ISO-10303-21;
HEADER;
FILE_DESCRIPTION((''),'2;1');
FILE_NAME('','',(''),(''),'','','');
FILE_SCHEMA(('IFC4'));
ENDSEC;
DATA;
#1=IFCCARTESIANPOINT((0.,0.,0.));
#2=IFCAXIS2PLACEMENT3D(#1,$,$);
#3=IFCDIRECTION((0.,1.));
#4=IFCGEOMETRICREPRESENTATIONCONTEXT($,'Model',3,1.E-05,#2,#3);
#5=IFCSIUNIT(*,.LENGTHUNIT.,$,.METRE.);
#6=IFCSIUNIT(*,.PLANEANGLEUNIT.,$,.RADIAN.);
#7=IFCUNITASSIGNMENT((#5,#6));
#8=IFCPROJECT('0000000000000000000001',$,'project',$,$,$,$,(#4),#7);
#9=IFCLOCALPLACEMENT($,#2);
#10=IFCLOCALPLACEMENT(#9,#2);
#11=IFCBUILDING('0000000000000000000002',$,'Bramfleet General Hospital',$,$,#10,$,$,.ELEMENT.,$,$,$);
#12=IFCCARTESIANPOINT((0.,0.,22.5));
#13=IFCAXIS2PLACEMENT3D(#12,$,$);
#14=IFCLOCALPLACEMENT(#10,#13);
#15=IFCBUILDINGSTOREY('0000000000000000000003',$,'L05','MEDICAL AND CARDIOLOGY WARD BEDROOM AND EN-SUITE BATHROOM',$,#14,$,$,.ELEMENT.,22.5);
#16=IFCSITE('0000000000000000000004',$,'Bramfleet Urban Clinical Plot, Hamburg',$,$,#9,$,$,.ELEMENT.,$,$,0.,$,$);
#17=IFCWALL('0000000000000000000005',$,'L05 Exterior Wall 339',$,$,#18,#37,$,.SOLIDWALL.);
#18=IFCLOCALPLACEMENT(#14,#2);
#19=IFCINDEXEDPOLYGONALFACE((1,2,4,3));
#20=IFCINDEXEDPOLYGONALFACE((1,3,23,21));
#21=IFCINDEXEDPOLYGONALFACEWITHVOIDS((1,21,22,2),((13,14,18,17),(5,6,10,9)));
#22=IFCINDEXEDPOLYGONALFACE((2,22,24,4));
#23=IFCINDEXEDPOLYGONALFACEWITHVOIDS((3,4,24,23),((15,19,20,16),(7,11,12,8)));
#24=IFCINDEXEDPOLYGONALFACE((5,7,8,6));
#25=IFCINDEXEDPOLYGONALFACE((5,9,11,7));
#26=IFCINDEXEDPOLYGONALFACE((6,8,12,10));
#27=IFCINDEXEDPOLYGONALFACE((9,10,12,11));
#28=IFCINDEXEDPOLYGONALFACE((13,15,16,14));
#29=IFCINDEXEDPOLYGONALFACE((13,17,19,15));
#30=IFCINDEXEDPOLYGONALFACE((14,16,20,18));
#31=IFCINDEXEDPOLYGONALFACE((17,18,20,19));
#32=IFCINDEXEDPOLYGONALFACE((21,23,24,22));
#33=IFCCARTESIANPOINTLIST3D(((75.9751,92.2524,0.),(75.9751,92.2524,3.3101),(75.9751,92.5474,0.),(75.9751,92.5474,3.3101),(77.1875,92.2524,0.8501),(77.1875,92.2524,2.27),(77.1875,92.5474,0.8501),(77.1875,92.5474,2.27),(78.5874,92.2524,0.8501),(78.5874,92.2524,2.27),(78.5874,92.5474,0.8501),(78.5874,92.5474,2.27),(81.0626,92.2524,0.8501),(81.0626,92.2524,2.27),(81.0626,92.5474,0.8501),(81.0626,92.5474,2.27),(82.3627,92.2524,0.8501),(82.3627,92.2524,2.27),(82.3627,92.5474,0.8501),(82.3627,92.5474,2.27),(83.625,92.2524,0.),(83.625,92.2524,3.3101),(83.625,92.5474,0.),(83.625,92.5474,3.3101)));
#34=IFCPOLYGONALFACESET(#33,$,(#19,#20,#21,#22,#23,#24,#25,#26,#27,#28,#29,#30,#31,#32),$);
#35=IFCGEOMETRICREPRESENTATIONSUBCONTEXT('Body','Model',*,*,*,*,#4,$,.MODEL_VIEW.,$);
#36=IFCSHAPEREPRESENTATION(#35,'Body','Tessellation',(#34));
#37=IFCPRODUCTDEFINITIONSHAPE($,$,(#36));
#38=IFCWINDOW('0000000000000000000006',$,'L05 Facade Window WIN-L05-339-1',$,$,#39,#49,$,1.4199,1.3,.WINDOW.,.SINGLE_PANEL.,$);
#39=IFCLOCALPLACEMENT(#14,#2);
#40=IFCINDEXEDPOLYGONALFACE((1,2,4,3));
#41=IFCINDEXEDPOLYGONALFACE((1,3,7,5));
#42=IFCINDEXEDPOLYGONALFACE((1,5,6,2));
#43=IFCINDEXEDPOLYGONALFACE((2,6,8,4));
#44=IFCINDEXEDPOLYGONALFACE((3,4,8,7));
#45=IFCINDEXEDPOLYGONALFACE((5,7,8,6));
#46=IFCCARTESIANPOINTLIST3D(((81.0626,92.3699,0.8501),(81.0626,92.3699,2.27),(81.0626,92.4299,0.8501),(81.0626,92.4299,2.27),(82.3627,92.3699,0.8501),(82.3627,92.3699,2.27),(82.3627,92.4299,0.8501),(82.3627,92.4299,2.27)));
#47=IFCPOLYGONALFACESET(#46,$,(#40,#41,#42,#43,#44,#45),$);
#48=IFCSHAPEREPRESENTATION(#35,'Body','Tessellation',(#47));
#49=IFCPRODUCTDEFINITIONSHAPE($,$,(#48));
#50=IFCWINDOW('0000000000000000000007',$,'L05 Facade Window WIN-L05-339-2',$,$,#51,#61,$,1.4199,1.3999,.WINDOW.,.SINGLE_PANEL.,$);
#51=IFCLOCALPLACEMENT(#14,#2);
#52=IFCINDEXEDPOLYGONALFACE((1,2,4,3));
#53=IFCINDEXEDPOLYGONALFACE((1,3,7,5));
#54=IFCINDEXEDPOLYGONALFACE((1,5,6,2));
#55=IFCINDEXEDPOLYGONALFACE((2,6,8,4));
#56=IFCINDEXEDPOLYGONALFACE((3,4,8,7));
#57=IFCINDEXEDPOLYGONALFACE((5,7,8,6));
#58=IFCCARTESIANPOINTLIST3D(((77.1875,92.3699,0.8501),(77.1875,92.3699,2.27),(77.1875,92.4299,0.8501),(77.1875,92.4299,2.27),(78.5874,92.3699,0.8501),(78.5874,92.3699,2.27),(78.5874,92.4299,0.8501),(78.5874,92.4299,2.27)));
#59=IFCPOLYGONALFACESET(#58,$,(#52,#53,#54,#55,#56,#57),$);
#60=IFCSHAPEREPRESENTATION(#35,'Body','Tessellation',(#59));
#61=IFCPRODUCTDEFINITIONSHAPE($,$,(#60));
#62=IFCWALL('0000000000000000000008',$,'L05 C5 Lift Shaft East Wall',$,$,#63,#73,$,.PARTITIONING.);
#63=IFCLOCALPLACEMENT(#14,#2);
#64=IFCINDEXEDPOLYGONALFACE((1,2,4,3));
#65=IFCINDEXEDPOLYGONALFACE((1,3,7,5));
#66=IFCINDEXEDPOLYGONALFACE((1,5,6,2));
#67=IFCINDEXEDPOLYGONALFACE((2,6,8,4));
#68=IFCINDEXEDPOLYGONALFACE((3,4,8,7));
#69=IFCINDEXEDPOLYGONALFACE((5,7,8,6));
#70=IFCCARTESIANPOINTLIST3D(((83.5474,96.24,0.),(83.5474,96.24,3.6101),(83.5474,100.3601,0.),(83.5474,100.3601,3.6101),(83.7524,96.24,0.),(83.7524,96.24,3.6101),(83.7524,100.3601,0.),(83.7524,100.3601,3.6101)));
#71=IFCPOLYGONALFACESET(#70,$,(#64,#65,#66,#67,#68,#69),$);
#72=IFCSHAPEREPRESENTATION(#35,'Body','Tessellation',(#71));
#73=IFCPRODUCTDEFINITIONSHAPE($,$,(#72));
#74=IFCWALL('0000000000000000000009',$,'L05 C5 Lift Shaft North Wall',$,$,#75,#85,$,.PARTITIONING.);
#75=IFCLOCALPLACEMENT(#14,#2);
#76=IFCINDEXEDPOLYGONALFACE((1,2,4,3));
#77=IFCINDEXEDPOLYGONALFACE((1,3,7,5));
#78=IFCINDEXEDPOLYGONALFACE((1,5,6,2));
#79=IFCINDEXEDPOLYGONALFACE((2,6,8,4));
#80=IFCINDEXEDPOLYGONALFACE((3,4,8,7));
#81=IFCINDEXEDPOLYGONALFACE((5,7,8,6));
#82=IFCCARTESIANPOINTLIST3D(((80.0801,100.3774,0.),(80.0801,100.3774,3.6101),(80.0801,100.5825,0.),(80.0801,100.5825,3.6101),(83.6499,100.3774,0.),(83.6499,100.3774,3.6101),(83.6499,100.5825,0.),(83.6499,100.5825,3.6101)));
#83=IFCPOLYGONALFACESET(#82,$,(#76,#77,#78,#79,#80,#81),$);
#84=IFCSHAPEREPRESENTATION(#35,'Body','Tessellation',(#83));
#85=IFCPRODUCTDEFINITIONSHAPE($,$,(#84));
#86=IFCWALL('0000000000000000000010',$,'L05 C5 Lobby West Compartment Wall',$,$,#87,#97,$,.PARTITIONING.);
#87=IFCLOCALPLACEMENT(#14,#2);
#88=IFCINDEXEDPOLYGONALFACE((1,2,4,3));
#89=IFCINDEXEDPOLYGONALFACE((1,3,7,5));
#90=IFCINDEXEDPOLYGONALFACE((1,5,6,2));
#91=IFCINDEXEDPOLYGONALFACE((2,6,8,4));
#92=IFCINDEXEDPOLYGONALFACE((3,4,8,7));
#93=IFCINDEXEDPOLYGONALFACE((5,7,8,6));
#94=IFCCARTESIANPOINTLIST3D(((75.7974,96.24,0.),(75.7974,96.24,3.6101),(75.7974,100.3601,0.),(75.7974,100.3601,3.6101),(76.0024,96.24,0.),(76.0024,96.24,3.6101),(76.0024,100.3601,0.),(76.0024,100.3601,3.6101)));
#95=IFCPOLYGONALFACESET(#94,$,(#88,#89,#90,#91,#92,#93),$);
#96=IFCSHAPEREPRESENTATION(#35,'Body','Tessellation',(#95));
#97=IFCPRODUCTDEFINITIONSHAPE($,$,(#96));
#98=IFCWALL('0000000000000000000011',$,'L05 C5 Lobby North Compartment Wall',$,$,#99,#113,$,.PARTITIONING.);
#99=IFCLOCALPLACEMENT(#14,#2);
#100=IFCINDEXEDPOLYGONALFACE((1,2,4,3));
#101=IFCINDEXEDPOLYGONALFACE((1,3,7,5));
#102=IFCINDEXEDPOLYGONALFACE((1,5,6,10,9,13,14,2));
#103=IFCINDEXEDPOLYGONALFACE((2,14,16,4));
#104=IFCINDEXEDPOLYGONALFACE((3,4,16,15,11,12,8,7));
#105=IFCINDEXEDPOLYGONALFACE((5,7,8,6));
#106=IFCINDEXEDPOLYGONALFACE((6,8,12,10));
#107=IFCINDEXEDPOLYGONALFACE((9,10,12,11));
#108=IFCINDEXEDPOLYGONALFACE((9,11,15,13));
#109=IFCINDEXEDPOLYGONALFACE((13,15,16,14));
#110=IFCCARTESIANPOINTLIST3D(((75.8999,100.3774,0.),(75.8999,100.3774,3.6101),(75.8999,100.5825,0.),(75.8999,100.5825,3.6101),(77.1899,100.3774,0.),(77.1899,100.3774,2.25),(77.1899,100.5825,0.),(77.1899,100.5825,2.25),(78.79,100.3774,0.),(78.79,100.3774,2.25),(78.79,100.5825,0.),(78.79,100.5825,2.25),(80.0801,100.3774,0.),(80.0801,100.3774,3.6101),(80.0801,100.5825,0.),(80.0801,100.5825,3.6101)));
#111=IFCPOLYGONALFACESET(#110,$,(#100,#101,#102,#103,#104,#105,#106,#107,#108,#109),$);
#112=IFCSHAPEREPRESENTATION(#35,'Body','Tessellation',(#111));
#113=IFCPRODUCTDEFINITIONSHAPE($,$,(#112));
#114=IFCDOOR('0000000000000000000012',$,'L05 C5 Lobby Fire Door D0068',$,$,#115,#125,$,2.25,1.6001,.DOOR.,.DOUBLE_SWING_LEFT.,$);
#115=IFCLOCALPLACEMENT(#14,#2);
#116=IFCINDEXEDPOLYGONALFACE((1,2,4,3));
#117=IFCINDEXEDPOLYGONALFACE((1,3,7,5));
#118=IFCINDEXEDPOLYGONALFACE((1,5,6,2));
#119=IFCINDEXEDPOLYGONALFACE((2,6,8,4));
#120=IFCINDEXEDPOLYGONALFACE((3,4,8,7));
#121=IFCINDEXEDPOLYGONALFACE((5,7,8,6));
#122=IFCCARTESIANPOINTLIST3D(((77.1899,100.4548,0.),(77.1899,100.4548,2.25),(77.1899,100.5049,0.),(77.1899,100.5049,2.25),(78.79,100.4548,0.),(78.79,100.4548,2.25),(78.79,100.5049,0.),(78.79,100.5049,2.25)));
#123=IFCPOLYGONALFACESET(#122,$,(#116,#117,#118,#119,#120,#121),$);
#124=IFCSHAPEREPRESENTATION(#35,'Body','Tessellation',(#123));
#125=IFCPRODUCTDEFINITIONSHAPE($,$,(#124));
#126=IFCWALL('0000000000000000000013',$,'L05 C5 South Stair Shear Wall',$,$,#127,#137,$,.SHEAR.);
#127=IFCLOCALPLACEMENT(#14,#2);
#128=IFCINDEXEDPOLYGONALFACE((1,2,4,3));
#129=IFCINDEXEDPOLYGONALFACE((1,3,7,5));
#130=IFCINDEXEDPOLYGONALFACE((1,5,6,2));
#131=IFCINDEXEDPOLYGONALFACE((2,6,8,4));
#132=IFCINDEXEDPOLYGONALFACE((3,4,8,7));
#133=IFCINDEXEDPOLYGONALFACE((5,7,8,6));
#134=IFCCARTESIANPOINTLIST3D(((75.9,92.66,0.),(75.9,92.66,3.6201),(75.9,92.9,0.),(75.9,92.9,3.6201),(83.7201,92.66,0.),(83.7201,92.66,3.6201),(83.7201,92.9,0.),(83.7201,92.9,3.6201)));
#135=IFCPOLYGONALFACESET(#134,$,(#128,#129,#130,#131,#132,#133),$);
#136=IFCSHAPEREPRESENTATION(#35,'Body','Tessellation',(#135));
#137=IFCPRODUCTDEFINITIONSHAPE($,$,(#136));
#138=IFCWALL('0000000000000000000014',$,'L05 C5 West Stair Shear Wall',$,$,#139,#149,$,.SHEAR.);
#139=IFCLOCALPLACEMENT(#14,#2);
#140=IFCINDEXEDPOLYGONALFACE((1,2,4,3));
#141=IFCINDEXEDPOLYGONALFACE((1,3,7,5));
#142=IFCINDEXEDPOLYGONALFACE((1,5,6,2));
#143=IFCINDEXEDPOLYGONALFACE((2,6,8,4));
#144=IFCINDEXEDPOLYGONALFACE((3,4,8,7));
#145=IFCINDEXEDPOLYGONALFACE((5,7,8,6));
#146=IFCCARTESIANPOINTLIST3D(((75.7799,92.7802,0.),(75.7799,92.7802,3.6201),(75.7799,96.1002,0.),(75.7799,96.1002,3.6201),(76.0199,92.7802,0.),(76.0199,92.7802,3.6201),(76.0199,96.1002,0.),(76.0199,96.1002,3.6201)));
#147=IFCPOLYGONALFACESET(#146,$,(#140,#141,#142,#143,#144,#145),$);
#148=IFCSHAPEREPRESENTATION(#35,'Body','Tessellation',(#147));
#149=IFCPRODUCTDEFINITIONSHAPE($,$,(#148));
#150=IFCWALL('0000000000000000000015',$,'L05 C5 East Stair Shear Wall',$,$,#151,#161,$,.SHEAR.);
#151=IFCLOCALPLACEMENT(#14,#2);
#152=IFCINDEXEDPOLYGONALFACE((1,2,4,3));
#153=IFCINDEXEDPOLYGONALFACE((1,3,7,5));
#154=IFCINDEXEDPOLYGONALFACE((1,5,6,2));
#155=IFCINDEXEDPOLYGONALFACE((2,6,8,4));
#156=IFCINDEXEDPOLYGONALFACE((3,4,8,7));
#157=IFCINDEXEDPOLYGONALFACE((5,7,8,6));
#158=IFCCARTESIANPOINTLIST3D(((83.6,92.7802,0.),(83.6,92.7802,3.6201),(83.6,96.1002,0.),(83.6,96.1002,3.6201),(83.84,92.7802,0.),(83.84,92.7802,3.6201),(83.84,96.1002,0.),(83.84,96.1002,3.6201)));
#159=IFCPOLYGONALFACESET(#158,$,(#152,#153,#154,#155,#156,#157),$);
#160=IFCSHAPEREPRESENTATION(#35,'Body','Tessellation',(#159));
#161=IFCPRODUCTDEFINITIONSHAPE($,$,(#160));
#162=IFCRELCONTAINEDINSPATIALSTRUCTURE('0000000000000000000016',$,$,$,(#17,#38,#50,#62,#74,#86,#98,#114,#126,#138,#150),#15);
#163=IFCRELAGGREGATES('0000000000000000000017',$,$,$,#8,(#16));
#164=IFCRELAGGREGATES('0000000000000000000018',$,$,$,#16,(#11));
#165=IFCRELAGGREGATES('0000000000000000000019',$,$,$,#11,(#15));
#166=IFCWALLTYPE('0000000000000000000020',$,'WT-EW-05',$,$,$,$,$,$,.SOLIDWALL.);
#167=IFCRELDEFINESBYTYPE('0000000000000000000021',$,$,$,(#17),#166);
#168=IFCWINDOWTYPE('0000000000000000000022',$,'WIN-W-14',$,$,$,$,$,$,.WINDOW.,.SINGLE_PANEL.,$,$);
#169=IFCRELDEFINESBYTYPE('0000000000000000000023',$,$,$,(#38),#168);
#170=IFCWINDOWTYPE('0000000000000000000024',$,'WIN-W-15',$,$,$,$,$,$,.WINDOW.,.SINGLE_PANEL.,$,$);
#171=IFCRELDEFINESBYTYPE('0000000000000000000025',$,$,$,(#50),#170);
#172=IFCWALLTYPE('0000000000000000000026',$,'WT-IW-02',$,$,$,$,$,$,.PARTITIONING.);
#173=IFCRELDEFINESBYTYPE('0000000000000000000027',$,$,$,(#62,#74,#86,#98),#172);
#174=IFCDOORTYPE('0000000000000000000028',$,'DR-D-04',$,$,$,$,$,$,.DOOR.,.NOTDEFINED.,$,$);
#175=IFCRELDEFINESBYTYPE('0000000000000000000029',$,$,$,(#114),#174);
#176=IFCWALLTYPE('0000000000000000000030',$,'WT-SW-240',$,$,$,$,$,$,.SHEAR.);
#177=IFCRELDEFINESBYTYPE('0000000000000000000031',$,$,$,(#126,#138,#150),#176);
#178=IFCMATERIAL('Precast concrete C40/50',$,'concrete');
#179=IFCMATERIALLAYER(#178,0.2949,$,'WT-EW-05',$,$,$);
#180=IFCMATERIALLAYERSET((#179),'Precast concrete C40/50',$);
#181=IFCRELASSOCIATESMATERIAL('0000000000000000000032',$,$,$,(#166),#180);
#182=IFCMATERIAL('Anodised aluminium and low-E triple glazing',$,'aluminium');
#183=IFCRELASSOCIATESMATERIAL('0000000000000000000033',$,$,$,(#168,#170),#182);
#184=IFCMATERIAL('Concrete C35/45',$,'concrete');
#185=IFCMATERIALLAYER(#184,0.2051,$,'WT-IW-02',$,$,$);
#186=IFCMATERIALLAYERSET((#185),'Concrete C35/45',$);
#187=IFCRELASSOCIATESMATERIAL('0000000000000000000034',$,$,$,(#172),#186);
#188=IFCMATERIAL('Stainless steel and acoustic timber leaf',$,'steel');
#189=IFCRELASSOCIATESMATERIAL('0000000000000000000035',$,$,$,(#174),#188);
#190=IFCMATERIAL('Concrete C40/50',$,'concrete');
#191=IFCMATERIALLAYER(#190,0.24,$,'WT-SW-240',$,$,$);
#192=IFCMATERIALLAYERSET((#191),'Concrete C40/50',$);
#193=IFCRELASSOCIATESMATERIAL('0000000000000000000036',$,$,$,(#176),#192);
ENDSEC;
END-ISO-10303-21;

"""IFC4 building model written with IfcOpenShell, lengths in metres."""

from ifc_helpers import new_model, si_unit, direction, frame, frame_2d, origin, place, context, subcontext, project, spatial, rectangle, extrude, material, layer, layer_set, type_object, element, fill, save


model = new_model("IFC4")

# Units and contexts
model_context = context("Model", 3, precision=1e-05, world=origin(), true_north=direction((0.0, 1.0)))
body_context = subcontext(model_context, "Body", "Model", "MODEL_VIEW")
ifc_project = project(units=[si_unit("LENGTHUNIT", "METRE"), si_unit("PLANEANGLEUNIT", "RADIAN")], contexts=[model_context])

# Site, building, storey
site_placement = place(None, origin())
site = spatial("IfcSite", under=ifc_project, at=site_placement, Name="Bramfleet Urban Clinical Plot, Hamburg", CompositionType="ELEMENT", RefElevation=0.0)
building_placement = place(site_placement, origin())
building = spatial("IfcBuilding", under=site, at=building_placement, Name="Bramfleet General Hospital", CompositionType="ELEMENT")
storey_placement = place(building_placement, frame((0.0, 0.0, 22.5)))
storey = spatial("IfcBuildingStorey", under=building, at=storey_placement, Name="L05", Description="MEDICAL AND CARDIOLOGY WARD BEDROOM AND EN-SUITE BATHROOM", CompositionType="ELEMENT", Elevation=22.5)

# Shared definitions
ifc_material_1 = material(Name="Concrete C40/50", Category="concrete")

# Shared definitions
ifc_material_2 = material(Name="Concrete C35/45", Category="concrete")

# Wall, openings, windows
ifc_material_3 = material(Name="Precast concrete C40/50", Category="concrete")
ifc_layer_1 = layer(ifc_material_3, 0.2949, Name="WT-EW-05")
ifc_layer_set_1 = layer_set([ifc_layer_1], Name="Precast concrete C40/50")
wall_type_1 = type_object("IfcWallType", Name="WT-EW-05", PredefinedType="SOLIDWALL", material=ifc_layer_set_1)
wall_1_placement = place(storey_placement, frame((83.625, 92.3999, 0.0), z_axis=(0.0, 0.0, 1.0), x_axis=(-1.0, 0.0, 0.0)))
wall_1 = element("IfcWall", 1, at=wall_1_placement, inside=storey, type_object=wall_type_1, Name="L05 Exterior Wall 339", PredefinedType="SOLIDWALL", context=body_context, shape_type="SweptSolid", body=[
    extrude(rectangle(XDim=7.6499, YDim=0.2949, at=frame_2d((3.825, 0.0))), origin(), (0.0, 0.0, 1.0), 3.3101),
])
opening_1_placement = place(wall_1_placement, frame((1.2625, 0.0, 0.8501)))
opening_1 = element("IfcOpeningElement", 2, at=opening_1_placement, cuts=wall_1, PredefinedType="OPENING", context=body_context, shape_type="SweptSolid", body=[
    extrude(rectangle(XDim=1.3, YDim=1.4199, at=frame_2d((0.6499, 0.71))), frame((0.0, 0.1575, 0.0), z_axis=(0.0, -1.0, 0.0), x_axis=(1.0, 0.0, 0.0)), (0.0, 0.0, 1.0), 0.3149),
])
opening_2_placement = place(wall_1_placement, frame((5.0376, 0.0, 0.8501)))
opening_2 = element("IfcOpeningElement", 3, at=opening_2_placement, cuts=wall_1, PredefinedType="OPENING", context=body_context, shape_type="SweptSolid", body=[
    extrude(rectangle(XDim=1.3999, YDim=1.4199, at=frame_2d((0.7, 0.71))), frame((0.0, 0.1575, 0.0), z_axis=(0.0, -1.0, 0.0), x_axis=(1.0, 0.0, 0.0)), (0.0, 0.0, 1.0), 0.3149),
])
ifc_material_4 = material(Name="Anodised aluminium and low-E triple glazing", Category="aluminium")
window_type_1 = type_object("IfcWindowType", Name="WIN-W-14", PartitioningType="SINGLE_PANEL", PredefinedType="WINDOW", material=ifc_material_4)
window_1_placement = place(opening_1_placement, origin())
window_1 = element("IfcWindow", 4, at=window_1_placement, inside=storey, type_object=window_type_1, Name="L05 Facade Window WIN-L05-339-1", OverallHeight=1.4199, OverallWidth=1.3, PartitioningType="SINGLE_PANEL", PredefinedType="WINDOW", context=body_context, shape_type="SweptSolid", body=[
    extrude(rectangle(XDim=1.3, YDim=1.4199, at=frame_2d((0.6499, 0.71))), frame((0.0, 0.03, 0.0), z_axis=(0.0, -1.0, 0.0), x_axis=(1.0, 0.0, 0.0)), (0.0, 0.0, 1.0), 0.0601),
])
fill(opening_1, window_1)
window_type_2 = type_object("IfcWindowType", Name="WIN-W-15", PartitioningType="SINGLE_PANEL", PredefinedType="WINDOW", material=ifc_material_4)
window_2_placement = place(opening_2_placement, origin())
window_2 = element("IfcWindow", 5, at=window_2_placement, inside=storey, type_object=window_type_2, Name="L05 Facade Window WIN-L05-339-2", OverallHeight=1.4199, OverallWidth=1.3999, PartitioningType="SINGLE_PANEL", PredefinedType="WINDOW", context=body_context, shape_type="SweptSolid", body=[
    extrude(rectangle(XDim=1.3999, YDim=1.4199, at=frame_2d((0.7, 0.71))), frame((0.0, 0.03, 0.0), z_axis=(0.0, -1.0, 0.0), x_axis=(1.0, 0.0, 0.0)), (0.0, 0.0, 1.0), 0.0601),
])
fill(opening_2, window_2)

# Shared definitions
ifc_layer_2 = layer(ifc_material_2, 0.2051, Name="WT-IW-02")
ifc_layer_set_2 = layer_set([ifc_layer_2], Name="Concrete C35/45")
wall_type_2 = type_object("IfcWallType", Name="WT-IW-02", PredefinedType="PARTITIONING", material=ifc_layer_set_2)

# Walls
wall_2_placement = place(storey_placement, frame((83.6499, 96.24, 0.0), z_axis=(0.0, 0.0, 1.0), x_axis=(0.0, 1.0, 0.0)))
element("IfcWall", 6, at=wall_2_placement, inside=storey, type_object=wall_type_2, Name="L05 C5 Lift Shaft East Wall", PredefinedType="PARTITIONING", context=body_context, shape_type="SweptSolid", body=[
    extrude(rectangle(XDim=4.1201, YDim=0.2051, at=frame_2d((2.0601, 0.0))), origin(), (0.0, 0.0, 1.0), 3.6101),
])
wall_3_placement = place(storey_placement, frame((80.0801, 100.48, 0.0), z_axis=(0.0, 0.0, 1.0), x_axis=(1.0, 0.0, 0.0)))
element("IfcWall", 7, at=wall_3_placement, inside=storey, type_object=wall_type_2, Name="L05 C5 Lift Shaft North Wall", PredefinedType="PARTITIONING", context=body_context, shape_type="SweptSolid", body=[
    extrude(rectangle(XDim=3.5698, YDim=0.2051, at=frame_2d((1.7849, 0.0))), origin(), (0.0, 0.0, 1.0), 3.6101),
])
wall_4_placement = place(storey_placement, frame((75.8999, 96.24, 0.0), z_axis=(0.0, 0.0, 1.0), x_axis=(0.0, 1.0, 0.0)))
element("IfcWall", 8, at=wall_4_placement, inside=storey, type_object=wall_type_2, Name="L05 C5 Lobby West Compartment Wall", PredefinedType="PARTITIONING", context=body_context, shape_type="SweptSolid", body=[
    extrude(rectangle(XDim=4.1201, YDim=0.2051, at=frame_2d((2.0601, 0.0))), origin(), (0.0, 0.0, 1.0), 3.6101),
])

# Wall, opening, door
wall_5_placement = place(storey_placement, frame((75.8999, 100.48, 0.0), z_axis=(0.0, 0.0, 1.0), x_axis=(1.0, 0.0, 0.0)))
wall_5 = element("IfcWall", 9, at=wall_5_placement, inside=storey, type_object=wall_type_2, Name="L05 C5 Lobby North Compartment Wall", PredefinedType="PARTITIONING", context=body_context, shape_type="SweptSolid", body=[
    extrude(rectangle(XDim=4.1802, YDim=0.2051, at=frame_2d((2.0901, 0.0))), origin(), (0.0, 0.0, 1.0), 3.6101),
])
opening_3_placement = place(wall_5_placement, frame((1.29, 0.0, 0.0)))
opening_3 = element("IfcOpeningElement", 10, at=opening_3_placement, cuts=wall_5, PredefinedType="OPENING", context=body_context, shape_type="SweptSolid", body=[
    extrude(rectangle(XDim=1.6001, YDim=2.25, at=frame_2d((0.8, 1.125))), frame((0.0, 0.1125, 0.0), z_axis=(0.0, -1.0, 0.0), x_axis=(1.0, 0.0, 0.0)), (0.0, 0.0, 1.0), 0.2251),
])
ifc_material_5 = material(Name="Stainless steel and acoustic timber leaf", Category="steel")
door_type_1 = type_object("IfcDoorType", Name="DR-D-04", OperationType="NOTDEFINED", PredefinedType="DOOR", material=ifc_material_5)
door_1_placement = place(opening_3_placement, origin())
door_1 = element("IfcDoor", 11, at=door_1_placement, inside=storey, type_object=door_type_1, Name="L05 C5 Lobby Fire Door D0068", OperationType="DOUBLE_SWING_LEFT", OverallHeight=2.25, OverallWidth=1.6001, PredefinedType="DOOR", context=body_context, shape_type="SweptSolid", body=[
    extrude(rectangle(XDim=1.6001, YDim=2.25, at=frame_2d((0.8, 1.125))), frame((0.0, 0.0249, 0.0), z_axis=(0.0, -1.0, 0.0), x_axis=(1.0, 0.0, 0.0)), (0.0, 0.0, 1.0), 0.05),
])
fill(opening_3, door_1)

# Walls
ifc_layer_3 = layer(ifc_material_1, 0.24, Name="WT-SW-240")
ifc_layer_set_3 = layer_set([ifc_layer_3], Name="Concrete C40/50")
wall_type_3 = type_object("IfcWallType", Name="WT-SW-240", PredefinedType="SHEAR", material=ifc_layer_set_3)
wall_6_placement = place(storey_placement, frame((75.8999, 92.78, 0.0), z_axis=(0.0, 0.0, 1.0), x_axis=(1.0, 0.0, 0.0)))
element("IfcWall", 12, at=wall_6_placement, inside=storey, type_object=wall_type_3, Name="L05 C5 South Stair Shear Wall", PredefinedType="SHEAR", context=body_context, shape_type="SweptSolid", body=[
    extrude(rectangle(XDim=7.8201, YDim=0.24, at=frame_2d((3.9102, 0.0))), origin(), (0.0, 0.0, 1.0), 3.6201),
])
for number, where, z_axis, x_axis, name in (
    (13, (75.8999, 92.78, 0.0), (0.0, 0.0, 1.0), (0.0, 1.0, 0.0), "L05 C5 West Stair Shear Wall"),
    (14, (83.72, 92.78, 0.0), (0.0, 0.0, 1.0), (0.0, 1.0, 0.0), "L05 C5 East Stair Shear Wall"),
):
    element("IfcWall", number, at=place(storey_placement, frame(where, z_axis=z_axis, x_axis=x_axis)), inside=storey, type_object=wall_type_3, Name=name, PredefinedType="SHEAR", context=body_context, shape_type="SweptSolid", body=[
        extrude(rectangle(XDim=3.3201, YDim=0.24, at=frame_2d((1.6602, 0.0))), origin(), (0.0, 0.0, 1.0), 3.6201),
    ])

save(model, "model.ifc")
